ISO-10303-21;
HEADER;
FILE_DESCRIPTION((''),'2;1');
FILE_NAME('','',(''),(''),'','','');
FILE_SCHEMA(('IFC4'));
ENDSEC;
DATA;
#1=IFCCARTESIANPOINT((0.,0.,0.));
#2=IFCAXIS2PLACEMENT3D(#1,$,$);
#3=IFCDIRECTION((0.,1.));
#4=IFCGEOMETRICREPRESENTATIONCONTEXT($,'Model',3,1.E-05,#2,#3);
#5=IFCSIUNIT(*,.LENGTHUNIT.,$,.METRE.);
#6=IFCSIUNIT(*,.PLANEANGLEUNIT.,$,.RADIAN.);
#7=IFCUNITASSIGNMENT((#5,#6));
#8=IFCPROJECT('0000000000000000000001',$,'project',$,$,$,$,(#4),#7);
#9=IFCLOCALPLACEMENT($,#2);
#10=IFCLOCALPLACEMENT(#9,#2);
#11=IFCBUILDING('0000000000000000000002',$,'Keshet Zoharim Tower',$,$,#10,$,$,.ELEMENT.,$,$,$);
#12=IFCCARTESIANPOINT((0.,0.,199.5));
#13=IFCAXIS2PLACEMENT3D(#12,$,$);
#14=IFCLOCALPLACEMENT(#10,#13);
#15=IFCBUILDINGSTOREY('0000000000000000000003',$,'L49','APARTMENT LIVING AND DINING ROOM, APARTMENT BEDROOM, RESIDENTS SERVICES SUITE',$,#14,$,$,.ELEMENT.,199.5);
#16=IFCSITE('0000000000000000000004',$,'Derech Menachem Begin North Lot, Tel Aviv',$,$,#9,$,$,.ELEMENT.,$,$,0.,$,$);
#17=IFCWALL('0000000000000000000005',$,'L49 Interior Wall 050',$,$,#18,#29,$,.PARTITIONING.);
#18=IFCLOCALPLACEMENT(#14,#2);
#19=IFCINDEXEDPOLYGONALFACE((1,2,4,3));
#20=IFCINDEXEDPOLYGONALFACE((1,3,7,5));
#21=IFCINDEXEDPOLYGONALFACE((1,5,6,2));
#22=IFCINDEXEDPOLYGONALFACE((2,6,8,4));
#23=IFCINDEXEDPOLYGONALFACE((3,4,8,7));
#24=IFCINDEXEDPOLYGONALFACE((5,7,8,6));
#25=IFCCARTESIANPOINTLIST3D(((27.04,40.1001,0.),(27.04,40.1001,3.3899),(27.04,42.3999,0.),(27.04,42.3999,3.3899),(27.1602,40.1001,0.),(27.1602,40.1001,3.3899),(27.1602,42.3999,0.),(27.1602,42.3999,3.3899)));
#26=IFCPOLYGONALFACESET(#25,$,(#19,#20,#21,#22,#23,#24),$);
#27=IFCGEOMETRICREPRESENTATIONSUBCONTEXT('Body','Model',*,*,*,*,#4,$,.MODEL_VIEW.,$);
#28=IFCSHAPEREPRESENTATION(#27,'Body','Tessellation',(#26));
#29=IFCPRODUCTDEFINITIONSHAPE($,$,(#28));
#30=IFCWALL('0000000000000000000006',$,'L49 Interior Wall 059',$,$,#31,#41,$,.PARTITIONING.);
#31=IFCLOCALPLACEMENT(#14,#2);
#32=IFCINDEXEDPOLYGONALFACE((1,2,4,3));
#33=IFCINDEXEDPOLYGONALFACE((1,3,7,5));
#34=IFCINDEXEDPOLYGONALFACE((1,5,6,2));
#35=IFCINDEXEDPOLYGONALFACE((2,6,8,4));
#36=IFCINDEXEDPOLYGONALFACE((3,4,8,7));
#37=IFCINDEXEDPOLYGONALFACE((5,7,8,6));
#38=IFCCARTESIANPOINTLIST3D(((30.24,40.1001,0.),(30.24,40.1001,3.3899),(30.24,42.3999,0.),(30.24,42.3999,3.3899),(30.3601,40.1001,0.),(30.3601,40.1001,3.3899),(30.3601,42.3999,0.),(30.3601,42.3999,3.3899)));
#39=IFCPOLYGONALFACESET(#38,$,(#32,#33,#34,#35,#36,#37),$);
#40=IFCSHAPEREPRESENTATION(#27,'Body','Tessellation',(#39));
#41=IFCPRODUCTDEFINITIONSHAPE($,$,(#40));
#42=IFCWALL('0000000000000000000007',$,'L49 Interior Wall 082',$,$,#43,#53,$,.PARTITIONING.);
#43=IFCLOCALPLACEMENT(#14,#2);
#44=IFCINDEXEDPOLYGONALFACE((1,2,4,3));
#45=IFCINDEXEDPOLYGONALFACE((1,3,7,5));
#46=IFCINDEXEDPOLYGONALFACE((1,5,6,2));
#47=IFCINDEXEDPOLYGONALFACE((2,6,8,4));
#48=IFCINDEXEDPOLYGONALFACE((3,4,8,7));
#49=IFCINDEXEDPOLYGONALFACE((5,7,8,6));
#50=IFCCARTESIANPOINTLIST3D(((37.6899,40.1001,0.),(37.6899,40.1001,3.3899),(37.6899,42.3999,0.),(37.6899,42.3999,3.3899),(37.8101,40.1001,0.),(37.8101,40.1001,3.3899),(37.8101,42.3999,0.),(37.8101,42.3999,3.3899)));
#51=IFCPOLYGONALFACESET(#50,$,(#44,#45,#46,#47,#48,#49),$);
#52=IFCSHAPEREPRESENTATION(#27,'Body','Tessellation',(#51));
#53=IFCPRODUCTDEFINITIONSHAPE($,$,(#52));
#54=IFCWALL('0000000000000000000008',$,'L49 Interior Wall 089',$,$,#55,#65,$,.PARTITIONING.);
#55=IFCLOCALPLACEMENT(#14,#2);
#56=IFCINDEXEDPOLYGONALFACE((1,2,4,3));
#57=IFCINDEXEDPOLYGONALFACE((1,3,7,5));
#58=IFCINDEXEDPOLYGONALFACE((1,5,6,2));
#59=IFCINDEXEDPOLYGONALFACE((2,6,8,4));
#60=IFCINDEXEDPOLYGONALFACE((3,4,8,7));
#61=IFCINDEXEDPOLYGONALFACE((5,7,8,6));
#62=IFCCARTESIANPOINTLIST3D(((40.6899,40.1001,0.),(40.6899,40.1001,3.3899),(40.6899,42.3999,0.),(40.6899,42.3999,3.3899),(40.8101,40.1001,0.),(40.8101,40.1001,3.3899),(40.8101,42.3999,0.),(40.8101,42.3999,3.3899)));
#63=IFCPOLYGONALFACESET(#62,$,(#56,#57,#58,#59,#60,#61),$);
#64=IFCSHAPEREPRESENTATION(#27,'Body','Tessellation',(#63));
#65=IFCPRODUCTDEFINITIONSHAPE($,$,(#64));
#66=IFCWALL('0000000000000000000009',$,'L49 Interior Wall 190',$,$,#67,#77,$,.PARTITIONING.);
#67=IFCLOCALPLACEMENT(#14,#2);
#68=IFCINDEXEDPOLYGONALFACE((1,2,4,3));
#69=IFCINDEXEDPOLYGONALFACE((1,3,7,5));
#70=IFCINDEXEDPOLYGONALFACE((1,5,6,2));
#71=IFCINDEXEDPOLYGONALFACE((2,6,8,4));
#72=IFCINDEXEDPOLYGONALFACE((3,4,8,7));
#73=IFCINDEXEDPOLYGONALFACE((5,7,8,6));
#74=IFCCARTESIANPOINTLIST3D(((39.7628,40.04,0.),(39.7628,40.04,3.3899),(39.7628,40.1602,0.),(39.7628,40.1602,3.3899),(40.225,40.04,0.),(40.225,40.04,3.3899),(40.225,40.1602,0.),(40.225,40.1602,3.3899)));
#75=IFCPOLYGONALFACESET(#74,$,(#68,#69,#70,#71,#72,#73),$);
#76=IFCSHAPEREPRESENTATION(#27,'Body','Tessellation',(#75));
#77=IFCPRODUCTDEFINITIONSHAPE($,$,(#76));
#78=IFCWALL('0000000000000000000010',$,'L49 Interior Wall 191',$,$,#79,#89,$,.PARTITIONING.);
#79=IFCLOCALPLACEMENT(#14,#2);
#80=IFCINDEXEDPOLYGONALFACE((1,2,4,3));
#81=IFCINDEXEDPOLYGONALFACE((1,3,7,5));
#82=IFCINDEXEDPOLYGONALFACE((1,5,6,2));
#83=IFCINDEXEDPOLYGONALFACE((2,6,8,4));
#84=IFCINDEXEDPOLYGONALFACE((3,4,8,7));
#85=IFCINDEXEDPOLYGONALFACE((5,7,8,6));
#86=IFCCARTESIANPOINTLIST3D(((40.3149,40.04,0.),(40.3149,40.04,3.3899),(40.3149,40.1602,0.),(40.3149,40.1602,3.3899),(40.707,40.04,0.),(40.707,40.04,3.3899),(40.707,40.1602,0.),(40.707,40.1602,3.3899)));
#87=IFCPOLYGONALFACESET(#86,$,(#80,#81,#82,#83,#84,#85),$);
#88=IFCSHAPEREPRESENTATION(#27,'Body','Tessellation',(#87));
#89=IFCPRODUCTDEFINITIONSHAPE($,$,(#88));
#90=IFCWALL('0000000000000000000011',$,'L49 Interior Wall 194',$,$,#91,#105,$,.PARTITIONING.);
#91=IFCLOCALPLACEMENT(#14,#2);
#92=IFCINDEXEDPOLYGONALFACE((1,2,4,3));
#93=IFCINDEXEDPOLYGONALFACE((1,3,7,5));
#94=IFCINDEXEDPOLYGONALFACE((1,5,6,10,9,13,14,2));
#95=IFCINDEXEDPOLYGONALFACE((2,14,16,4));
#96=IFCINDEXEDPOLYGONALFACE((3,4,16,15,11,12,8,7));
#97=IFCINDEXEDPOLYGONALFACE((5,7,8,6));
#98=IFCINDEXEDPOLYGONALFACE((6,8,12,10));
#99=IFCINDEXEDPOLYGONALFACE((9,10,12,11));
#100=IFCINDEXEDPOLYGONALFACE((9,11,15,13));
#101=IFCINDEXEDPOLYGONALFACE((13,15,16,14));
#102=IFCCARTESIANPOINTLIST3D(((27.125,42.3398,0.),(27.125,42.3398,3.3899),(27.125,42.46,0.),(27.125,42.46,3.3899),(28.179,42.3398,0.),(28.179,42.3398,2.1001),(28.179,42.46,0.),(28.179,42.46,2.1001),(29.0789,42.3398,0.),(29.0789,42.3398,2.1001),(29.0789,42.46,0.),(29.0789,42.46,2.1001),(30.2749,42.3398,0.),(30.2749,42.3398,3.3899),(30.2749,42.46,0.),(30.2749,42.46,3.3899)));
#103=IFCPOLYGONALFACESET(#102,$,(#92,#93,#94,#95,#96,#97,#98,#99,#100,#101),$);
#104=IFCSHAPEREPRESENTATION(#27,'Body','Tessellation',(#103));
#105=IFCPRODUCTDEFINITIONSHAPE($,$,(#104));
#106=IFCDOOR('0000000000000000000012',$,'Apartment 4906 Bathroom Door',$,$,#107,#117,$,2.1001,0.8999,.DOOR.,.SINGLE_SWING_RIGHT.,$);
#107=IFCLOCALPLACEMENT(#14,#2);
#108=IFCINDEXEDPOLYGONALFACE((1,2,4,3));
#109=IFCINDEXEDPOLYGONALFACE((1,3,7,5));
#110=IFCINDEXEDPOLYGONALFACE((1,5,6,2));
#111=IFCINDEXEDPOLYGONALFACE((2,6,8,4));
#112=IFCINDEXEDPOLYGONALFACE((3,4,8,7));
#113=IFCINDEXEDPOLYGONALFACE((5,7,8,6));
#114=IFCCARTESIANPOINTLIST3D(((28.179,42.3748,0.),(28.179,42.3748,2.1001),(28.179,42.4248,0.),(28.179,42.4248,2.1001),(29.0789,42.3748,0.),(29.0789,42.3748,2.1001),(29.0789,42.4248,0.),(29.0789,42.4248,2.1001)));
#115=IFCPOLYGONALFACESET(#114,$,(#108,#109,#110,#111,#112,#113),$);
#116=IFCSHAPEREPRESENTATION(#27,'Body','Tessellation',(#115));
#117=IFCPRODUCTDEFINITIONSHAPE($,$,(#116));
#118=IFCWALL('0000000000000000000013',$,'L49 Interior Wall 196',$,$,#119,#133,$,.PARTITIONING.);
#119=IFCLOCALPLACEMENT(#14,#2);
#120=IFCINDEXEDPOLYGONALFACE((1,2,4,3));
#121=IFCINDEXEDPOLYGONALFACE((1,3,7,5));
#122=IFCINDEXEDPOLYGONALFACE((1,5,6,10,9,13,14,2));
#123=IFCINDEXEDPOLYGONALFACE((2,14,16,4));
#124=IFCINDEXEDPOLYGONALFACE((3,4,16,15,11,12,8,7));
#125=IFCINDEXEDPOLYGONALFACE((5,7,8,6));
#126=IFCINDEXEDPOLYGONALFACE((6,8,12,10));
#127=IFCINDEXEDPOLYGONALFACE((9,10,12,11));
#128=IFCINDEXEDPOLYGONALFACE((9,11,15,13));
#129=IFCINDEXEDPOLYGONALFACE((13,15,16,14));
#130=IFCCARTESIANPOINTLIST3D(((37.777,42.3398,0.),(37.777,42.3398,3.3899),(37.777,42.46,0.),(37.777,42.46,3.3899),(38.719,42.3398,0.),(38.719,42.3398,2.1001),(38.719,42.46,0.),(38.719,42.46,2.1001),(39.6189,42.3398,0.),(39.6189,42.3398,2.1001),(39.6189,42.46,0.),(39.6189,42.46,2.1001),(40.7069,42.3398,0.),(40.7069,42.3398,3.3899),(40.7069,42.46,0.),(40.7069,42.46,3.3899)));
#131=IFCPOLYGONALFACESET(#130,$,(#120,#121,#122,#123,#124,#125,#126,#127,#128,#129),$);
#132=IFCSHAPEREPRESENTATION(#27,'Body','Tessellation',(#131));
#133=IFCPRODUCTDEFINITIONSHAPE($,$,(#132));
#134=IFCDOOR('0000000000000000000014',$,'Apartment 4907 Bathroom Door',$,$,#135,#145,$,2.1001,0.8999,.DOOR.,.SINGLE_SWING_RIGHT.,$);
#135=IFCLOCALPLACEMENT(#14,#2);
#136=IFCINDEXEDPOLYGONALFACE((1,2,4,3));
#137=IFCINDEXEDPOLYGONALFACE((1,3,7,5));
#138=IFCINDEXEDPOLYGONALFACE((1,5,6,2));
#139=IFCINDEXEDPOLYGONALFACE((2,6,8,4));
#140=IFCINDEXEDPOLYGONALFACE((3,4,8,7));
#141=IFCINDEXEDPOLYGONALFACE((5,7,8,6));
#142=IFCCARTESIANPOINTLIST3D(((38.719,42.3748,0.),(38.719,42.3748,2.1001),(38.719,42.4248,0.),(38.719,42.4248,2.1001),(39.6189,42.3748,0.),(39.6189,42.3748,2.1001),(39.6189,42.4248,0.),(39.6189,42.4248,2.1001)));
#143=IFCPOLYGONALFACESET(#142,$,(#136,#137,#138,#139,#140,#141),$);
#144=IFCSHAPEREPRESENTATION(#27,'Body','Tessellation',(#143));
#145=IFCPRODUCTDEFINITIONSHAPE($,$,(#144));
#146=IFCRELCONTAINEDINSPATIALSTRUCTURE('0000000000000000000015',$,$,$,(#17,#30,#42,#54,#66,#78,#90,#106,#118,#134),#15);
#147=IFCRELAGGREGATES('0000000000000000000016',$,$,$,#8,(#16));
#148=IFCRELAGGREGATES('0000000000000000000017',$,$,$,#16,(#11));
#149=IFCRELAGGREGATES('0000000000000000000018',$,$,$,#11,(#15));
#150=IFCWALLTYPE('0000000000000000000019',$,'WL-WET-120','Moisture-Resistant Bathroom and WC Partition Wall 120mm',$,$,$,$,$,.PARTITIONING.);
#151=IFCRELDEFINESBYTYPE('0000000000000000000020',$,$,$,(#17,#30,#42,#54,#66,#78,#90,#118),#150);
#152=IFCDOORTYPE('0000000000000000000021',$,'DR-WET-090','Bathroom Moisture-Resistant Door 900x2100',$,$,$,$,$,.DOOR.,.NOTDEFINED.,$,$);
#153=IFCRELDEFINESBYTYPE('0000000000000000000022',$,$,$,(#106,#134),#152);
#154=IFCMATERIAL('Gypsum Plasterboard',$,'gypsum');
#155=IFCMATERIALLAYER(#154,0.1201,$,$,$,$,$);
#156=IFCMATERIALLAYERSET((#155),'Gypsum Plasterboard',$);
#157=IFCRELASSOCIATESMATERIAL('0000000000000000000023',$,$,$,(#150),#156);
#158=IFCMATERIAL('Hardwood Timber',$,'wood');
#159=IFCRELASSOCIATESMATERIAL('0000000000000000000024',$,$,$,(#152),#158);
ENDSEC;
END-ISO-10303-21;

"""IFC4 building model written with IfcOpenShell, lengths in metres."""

from ifc_helpers import new_model, si_unit, direction, frame, frame_2d, origin, place, context, subcontext, project, spatial, rectangle, extrude, material, layer, layer_set, type_object, element, fill, save


model = new_model("IFC4")

# Units and contexts
model_context = context("Model", 3, precision=1e-05, world=origin(), true_north=direction((0.0, 1.0)))
body_context = subcontext(model_context, "Body", "Model", "MODEL_VIEW")
ifc_project = project(units=[si_unit("LENGTHUNIT", "METRE"), si_unit("PLANEANGLEUNIT", "RADIAN")], contexts=[model_context])

# Site, building, storey
site_placement = place(None, origin())
site = spatial("IfcSite", under=ifc_project, at=site_placement, Name="Derech Menachem Begin North Lot, Tel Aviv", CompositionType="ELEMENT", RefElevation=0.0)
building_placement = place(site_placement, origin())
building = spatial("IfcBuilding", under=site, at=building_placement, Name="Keshet Zoharim Tower", CompositionType="ELEMENT")
storey_placement = place(building_placement, frame((0.0, 0.0, 199.5)))
storey = spatial("IfcBuildingStorey", under=building, at=storey_placement, Name="L49", Description="APARTMENT LIVING AND DINING ROOM, APARTMENT BEDROOM, RESIDENTS SERVICES SUITE", CompositionType="ELEMENT", Elevation=199.5)

# Shared definitions
ifc_material_1 = material(Name="Gypsum Plasterboard", Category="gypsum")

# Shared definitions
ifc_material_2 = material(Name="Hardwood Timber", Category="wood")

# Walls
ifc_layer_1 = layer(ifc_material_1, 0.1201)
ifc_layer_set_1 = layer_set([ifc_layer_1], Name="Gypsum Plasterboard")
wall_type_1 = type_object("IfcWallType", Name="WL-WET-120", Description="Moisture-Resistant Bathroom and WC Partition Wall 120mm", PredefinedType="PARTITIONING", material=ifc_layer_set_1)
for number, where, z_axis, x_axis, name in (
    (1, (27.1001, 40.1001, 0.0), (0.0, 0.0, 1.0), (0.0, 1.0, 0.0), "L49 Interior Wall 050"),
    (2, (30.3, 40.1001, 0.0), (0.0, 0.0, 1.0), (0.0, 1.0, 0.0), "L49 Interior Wall 059"),
    (3, (37.75, 40.1001, 0.0), (0.0, 0.0, 1.0), (0.0, 1.0, 0.0), "L49 Interior Wall 082"),
    (4, (40.75, 40.1001, 0.0), (0.0, 0.0, 1.0), (0.0, 1.0, 0.0), "L49 Interior Wall 089"),
):
    element("IfcWall", number, at=place(storey_placement, frame(where, z_axis=z_axis, x_axis=x_axis)), inside=storey, type_object=wall_type_1, Name=name, PredefinedType="PARTITIONING", context=body_context, shape_type="SweptSolid", body=[
        extrude(rectangle(XDim=2.2998, YDim=0.1201, at=frame_2d((1.1499, 0.0))), origin(), (0.0, 0.0, 1.0), 3.3899),
    ])
wall_1_placement = place(storey_placement, frame((39.7629, 40.1001, 0.0), z_axis=(0.0, 0.0, 1.0), x_axis=(1.0, 0.0, 0.0)))
element("IfcWall", 5, at=wall_1_placement, inside=storey, type_object=wall_type_1, Name="L49 Interior Wall 190", PredefinedType="PARTITIONING", context=body_context, shape_type="SweptSolid", body=[
    extrude(rectangle(XDim=0.4622, YDim=0.1201, at=frame_2d((0.231, 0.0))), origin(), (0.0, 0.0, 1.0), 3.3899),
])
wall_2_placement = place(storey_placement, frame((40.3149, 40.1001, 0.0), z_axis=(0.0, 0.0, 1.0), x_axis=(1.0, 0.0, 0.0)))
element("IfcWall", 6, at=wall_2_placement, inside=storey, type_object=wall_type_1, Name="L49 Interior Wall 191", PredefinedType="PARTITIONING", context=body_context, shape_type="SweptSolid", body=[
    extrude(rectangle(XDim=0.3921, YDim=0.1201, at=frame_2d((0.196, 0.0))), origin(), (0.0, 0.0, 1.0), 3.3899),
])

# Walls, openings, doors
wall_3_placement = place(storey_placement, frame((27.125, 42.3999, 0.0), z_axis=(0.0, 0.0, 1.0), x_axis=(1.0, 0.0, 0.0)))
wall_3 = element("IfcWall", 7, at=wall_3_placement, inside=storey, type_object=wall_type_1, Name="L49 Interior Wall 194", PredefinedType="PARTITIONING", context=body_context, shape_type="SweptSolid", body=[
    extrude(rectangle(XDim=3.1499, YDim=0.1201, at=frame_2d((1.575, 0.0))), origin(), (0.0, 0.0, 1.0), 3.3899),
])
opening_1_placement = place(wall_3_placement, frame((1.054, 0.0, 0.0)))
opening_1 = element("IfcOpeningElement", 8, at=opening_1_placement, cuts=wall_3, PredefinedType="OPENING", context=body_context, shape_type="SweptSolid", body=[
    extrude(rectangle(XDim=0.8999, YDim=2.1001, at=frame_2d((0.45, 1.05))), frame((0.0, 0.0701, 0.0), z_axis=(0.0, -1.0, 0.0), x_axis=(1.0, 0.0, 0.0)), (0.0, 0.0, 1.0), 0.1401),
])
door_type_1 = type_object("IfcDoorType", Name="DR-WET-090", Description="Bathroom Moisture-Resistant Door 900x2100", OperationType="NOTDEFINED", PredefinedType="DOOR", material=ifc_material_2)
door_1_placement = place(opening_1_placement, origin())
door_1 = element("IfcDoor", 9, at=door_1_placement, inside=storey, type_object=door_type_1, Name="Apartment 4906 Bathroom Door", OperationType="SINGLE_SWING_RIGHT", OverallHeight=2.1001, OverallWidth=0.8999, PredefinedType="DOOR", context=body_context, shape_type="SweptSolid", body=[
    extrude(rectangle(XDim=0.8999, YDim=2.1001, at=frame_2d((0.45, 1.05))), frame((0.0, 0.0249, 0.0), z_axis=(0.0, -1.0, 0.0), x_axis=(1.0, 0.0, 0.0)), (0.0, 0.0, 1.0), 0.05),
])
fill(opening_1, door_1)
wall_4_placement = place(storey_placement, frame((37.7771, 42.3999, 0.0), z_axis=(0.0, 0.0, 1.0), x_axis=(1.0, 0.0, 0.0)))
wall_4 = element("IfcWall", 10, at=wall_4_placement, inside=storey, type_object=wall_type_1, Name="L49 Interior Wall 196", PredefinedType="PARTITIONING", context=body_context, shape_type="SweptSolid", body=[
    extrude(rectangle(XDim=2.9299, YDim=0.1201, at=frame_2d((1.4648, 0.0))), origin(), (0.0, 0.0, 1.0), 3.3899),
])
opening_2_placement = place(wall_4_placement, frame((0.9419, 0.0, 0.0)))
opening_2 = element("IfcOpeningElement", 11, at=opening_2_placement, cuts=wall_4, PredefinedType="OPENING", context=body_context, shape_type="SweptSolid", body=[
    extrude(rectangle(XDim=0.8999, YDim=2.1001, at=frame_2d((0.45, 1.05))), frame((0.0, 0.0701, 0.0), z_axis=(0.0, -1.0, 0.0), x_axis=(1.0, 0.0, 0.0)), (0.0, 0.0, 1.0), 0.1401),
])
door_2_placement = place(opening_2_placement, origin())
door_2 = element("IfcDoor", 12, at=door_2_placement, inside=storey, type_object=door_type_1, Name="Apartment 4907 Bathroom Door", OperationType="SINGLE_SWING_RIGHT", OverallHeight=2.1001, OverallWidth=0.8999, PredefinedType="DOOR", context=body_context, shape_type="SweptSolid", body=[
    extrude(rectangle(XDim=0.8999, YDim=2.1001, at=frame_2d((0.45, 1.05))), frame((0.0, 0.0249, 0.0), z_axis=(0.0, -1.0, 0.0), x_axis=(1.0, 0.0, 0.0)), (0.0, 0.0, 1.0), 0.05),
])
fill(opening_2, door_2)

save(model, "model.ifc")
